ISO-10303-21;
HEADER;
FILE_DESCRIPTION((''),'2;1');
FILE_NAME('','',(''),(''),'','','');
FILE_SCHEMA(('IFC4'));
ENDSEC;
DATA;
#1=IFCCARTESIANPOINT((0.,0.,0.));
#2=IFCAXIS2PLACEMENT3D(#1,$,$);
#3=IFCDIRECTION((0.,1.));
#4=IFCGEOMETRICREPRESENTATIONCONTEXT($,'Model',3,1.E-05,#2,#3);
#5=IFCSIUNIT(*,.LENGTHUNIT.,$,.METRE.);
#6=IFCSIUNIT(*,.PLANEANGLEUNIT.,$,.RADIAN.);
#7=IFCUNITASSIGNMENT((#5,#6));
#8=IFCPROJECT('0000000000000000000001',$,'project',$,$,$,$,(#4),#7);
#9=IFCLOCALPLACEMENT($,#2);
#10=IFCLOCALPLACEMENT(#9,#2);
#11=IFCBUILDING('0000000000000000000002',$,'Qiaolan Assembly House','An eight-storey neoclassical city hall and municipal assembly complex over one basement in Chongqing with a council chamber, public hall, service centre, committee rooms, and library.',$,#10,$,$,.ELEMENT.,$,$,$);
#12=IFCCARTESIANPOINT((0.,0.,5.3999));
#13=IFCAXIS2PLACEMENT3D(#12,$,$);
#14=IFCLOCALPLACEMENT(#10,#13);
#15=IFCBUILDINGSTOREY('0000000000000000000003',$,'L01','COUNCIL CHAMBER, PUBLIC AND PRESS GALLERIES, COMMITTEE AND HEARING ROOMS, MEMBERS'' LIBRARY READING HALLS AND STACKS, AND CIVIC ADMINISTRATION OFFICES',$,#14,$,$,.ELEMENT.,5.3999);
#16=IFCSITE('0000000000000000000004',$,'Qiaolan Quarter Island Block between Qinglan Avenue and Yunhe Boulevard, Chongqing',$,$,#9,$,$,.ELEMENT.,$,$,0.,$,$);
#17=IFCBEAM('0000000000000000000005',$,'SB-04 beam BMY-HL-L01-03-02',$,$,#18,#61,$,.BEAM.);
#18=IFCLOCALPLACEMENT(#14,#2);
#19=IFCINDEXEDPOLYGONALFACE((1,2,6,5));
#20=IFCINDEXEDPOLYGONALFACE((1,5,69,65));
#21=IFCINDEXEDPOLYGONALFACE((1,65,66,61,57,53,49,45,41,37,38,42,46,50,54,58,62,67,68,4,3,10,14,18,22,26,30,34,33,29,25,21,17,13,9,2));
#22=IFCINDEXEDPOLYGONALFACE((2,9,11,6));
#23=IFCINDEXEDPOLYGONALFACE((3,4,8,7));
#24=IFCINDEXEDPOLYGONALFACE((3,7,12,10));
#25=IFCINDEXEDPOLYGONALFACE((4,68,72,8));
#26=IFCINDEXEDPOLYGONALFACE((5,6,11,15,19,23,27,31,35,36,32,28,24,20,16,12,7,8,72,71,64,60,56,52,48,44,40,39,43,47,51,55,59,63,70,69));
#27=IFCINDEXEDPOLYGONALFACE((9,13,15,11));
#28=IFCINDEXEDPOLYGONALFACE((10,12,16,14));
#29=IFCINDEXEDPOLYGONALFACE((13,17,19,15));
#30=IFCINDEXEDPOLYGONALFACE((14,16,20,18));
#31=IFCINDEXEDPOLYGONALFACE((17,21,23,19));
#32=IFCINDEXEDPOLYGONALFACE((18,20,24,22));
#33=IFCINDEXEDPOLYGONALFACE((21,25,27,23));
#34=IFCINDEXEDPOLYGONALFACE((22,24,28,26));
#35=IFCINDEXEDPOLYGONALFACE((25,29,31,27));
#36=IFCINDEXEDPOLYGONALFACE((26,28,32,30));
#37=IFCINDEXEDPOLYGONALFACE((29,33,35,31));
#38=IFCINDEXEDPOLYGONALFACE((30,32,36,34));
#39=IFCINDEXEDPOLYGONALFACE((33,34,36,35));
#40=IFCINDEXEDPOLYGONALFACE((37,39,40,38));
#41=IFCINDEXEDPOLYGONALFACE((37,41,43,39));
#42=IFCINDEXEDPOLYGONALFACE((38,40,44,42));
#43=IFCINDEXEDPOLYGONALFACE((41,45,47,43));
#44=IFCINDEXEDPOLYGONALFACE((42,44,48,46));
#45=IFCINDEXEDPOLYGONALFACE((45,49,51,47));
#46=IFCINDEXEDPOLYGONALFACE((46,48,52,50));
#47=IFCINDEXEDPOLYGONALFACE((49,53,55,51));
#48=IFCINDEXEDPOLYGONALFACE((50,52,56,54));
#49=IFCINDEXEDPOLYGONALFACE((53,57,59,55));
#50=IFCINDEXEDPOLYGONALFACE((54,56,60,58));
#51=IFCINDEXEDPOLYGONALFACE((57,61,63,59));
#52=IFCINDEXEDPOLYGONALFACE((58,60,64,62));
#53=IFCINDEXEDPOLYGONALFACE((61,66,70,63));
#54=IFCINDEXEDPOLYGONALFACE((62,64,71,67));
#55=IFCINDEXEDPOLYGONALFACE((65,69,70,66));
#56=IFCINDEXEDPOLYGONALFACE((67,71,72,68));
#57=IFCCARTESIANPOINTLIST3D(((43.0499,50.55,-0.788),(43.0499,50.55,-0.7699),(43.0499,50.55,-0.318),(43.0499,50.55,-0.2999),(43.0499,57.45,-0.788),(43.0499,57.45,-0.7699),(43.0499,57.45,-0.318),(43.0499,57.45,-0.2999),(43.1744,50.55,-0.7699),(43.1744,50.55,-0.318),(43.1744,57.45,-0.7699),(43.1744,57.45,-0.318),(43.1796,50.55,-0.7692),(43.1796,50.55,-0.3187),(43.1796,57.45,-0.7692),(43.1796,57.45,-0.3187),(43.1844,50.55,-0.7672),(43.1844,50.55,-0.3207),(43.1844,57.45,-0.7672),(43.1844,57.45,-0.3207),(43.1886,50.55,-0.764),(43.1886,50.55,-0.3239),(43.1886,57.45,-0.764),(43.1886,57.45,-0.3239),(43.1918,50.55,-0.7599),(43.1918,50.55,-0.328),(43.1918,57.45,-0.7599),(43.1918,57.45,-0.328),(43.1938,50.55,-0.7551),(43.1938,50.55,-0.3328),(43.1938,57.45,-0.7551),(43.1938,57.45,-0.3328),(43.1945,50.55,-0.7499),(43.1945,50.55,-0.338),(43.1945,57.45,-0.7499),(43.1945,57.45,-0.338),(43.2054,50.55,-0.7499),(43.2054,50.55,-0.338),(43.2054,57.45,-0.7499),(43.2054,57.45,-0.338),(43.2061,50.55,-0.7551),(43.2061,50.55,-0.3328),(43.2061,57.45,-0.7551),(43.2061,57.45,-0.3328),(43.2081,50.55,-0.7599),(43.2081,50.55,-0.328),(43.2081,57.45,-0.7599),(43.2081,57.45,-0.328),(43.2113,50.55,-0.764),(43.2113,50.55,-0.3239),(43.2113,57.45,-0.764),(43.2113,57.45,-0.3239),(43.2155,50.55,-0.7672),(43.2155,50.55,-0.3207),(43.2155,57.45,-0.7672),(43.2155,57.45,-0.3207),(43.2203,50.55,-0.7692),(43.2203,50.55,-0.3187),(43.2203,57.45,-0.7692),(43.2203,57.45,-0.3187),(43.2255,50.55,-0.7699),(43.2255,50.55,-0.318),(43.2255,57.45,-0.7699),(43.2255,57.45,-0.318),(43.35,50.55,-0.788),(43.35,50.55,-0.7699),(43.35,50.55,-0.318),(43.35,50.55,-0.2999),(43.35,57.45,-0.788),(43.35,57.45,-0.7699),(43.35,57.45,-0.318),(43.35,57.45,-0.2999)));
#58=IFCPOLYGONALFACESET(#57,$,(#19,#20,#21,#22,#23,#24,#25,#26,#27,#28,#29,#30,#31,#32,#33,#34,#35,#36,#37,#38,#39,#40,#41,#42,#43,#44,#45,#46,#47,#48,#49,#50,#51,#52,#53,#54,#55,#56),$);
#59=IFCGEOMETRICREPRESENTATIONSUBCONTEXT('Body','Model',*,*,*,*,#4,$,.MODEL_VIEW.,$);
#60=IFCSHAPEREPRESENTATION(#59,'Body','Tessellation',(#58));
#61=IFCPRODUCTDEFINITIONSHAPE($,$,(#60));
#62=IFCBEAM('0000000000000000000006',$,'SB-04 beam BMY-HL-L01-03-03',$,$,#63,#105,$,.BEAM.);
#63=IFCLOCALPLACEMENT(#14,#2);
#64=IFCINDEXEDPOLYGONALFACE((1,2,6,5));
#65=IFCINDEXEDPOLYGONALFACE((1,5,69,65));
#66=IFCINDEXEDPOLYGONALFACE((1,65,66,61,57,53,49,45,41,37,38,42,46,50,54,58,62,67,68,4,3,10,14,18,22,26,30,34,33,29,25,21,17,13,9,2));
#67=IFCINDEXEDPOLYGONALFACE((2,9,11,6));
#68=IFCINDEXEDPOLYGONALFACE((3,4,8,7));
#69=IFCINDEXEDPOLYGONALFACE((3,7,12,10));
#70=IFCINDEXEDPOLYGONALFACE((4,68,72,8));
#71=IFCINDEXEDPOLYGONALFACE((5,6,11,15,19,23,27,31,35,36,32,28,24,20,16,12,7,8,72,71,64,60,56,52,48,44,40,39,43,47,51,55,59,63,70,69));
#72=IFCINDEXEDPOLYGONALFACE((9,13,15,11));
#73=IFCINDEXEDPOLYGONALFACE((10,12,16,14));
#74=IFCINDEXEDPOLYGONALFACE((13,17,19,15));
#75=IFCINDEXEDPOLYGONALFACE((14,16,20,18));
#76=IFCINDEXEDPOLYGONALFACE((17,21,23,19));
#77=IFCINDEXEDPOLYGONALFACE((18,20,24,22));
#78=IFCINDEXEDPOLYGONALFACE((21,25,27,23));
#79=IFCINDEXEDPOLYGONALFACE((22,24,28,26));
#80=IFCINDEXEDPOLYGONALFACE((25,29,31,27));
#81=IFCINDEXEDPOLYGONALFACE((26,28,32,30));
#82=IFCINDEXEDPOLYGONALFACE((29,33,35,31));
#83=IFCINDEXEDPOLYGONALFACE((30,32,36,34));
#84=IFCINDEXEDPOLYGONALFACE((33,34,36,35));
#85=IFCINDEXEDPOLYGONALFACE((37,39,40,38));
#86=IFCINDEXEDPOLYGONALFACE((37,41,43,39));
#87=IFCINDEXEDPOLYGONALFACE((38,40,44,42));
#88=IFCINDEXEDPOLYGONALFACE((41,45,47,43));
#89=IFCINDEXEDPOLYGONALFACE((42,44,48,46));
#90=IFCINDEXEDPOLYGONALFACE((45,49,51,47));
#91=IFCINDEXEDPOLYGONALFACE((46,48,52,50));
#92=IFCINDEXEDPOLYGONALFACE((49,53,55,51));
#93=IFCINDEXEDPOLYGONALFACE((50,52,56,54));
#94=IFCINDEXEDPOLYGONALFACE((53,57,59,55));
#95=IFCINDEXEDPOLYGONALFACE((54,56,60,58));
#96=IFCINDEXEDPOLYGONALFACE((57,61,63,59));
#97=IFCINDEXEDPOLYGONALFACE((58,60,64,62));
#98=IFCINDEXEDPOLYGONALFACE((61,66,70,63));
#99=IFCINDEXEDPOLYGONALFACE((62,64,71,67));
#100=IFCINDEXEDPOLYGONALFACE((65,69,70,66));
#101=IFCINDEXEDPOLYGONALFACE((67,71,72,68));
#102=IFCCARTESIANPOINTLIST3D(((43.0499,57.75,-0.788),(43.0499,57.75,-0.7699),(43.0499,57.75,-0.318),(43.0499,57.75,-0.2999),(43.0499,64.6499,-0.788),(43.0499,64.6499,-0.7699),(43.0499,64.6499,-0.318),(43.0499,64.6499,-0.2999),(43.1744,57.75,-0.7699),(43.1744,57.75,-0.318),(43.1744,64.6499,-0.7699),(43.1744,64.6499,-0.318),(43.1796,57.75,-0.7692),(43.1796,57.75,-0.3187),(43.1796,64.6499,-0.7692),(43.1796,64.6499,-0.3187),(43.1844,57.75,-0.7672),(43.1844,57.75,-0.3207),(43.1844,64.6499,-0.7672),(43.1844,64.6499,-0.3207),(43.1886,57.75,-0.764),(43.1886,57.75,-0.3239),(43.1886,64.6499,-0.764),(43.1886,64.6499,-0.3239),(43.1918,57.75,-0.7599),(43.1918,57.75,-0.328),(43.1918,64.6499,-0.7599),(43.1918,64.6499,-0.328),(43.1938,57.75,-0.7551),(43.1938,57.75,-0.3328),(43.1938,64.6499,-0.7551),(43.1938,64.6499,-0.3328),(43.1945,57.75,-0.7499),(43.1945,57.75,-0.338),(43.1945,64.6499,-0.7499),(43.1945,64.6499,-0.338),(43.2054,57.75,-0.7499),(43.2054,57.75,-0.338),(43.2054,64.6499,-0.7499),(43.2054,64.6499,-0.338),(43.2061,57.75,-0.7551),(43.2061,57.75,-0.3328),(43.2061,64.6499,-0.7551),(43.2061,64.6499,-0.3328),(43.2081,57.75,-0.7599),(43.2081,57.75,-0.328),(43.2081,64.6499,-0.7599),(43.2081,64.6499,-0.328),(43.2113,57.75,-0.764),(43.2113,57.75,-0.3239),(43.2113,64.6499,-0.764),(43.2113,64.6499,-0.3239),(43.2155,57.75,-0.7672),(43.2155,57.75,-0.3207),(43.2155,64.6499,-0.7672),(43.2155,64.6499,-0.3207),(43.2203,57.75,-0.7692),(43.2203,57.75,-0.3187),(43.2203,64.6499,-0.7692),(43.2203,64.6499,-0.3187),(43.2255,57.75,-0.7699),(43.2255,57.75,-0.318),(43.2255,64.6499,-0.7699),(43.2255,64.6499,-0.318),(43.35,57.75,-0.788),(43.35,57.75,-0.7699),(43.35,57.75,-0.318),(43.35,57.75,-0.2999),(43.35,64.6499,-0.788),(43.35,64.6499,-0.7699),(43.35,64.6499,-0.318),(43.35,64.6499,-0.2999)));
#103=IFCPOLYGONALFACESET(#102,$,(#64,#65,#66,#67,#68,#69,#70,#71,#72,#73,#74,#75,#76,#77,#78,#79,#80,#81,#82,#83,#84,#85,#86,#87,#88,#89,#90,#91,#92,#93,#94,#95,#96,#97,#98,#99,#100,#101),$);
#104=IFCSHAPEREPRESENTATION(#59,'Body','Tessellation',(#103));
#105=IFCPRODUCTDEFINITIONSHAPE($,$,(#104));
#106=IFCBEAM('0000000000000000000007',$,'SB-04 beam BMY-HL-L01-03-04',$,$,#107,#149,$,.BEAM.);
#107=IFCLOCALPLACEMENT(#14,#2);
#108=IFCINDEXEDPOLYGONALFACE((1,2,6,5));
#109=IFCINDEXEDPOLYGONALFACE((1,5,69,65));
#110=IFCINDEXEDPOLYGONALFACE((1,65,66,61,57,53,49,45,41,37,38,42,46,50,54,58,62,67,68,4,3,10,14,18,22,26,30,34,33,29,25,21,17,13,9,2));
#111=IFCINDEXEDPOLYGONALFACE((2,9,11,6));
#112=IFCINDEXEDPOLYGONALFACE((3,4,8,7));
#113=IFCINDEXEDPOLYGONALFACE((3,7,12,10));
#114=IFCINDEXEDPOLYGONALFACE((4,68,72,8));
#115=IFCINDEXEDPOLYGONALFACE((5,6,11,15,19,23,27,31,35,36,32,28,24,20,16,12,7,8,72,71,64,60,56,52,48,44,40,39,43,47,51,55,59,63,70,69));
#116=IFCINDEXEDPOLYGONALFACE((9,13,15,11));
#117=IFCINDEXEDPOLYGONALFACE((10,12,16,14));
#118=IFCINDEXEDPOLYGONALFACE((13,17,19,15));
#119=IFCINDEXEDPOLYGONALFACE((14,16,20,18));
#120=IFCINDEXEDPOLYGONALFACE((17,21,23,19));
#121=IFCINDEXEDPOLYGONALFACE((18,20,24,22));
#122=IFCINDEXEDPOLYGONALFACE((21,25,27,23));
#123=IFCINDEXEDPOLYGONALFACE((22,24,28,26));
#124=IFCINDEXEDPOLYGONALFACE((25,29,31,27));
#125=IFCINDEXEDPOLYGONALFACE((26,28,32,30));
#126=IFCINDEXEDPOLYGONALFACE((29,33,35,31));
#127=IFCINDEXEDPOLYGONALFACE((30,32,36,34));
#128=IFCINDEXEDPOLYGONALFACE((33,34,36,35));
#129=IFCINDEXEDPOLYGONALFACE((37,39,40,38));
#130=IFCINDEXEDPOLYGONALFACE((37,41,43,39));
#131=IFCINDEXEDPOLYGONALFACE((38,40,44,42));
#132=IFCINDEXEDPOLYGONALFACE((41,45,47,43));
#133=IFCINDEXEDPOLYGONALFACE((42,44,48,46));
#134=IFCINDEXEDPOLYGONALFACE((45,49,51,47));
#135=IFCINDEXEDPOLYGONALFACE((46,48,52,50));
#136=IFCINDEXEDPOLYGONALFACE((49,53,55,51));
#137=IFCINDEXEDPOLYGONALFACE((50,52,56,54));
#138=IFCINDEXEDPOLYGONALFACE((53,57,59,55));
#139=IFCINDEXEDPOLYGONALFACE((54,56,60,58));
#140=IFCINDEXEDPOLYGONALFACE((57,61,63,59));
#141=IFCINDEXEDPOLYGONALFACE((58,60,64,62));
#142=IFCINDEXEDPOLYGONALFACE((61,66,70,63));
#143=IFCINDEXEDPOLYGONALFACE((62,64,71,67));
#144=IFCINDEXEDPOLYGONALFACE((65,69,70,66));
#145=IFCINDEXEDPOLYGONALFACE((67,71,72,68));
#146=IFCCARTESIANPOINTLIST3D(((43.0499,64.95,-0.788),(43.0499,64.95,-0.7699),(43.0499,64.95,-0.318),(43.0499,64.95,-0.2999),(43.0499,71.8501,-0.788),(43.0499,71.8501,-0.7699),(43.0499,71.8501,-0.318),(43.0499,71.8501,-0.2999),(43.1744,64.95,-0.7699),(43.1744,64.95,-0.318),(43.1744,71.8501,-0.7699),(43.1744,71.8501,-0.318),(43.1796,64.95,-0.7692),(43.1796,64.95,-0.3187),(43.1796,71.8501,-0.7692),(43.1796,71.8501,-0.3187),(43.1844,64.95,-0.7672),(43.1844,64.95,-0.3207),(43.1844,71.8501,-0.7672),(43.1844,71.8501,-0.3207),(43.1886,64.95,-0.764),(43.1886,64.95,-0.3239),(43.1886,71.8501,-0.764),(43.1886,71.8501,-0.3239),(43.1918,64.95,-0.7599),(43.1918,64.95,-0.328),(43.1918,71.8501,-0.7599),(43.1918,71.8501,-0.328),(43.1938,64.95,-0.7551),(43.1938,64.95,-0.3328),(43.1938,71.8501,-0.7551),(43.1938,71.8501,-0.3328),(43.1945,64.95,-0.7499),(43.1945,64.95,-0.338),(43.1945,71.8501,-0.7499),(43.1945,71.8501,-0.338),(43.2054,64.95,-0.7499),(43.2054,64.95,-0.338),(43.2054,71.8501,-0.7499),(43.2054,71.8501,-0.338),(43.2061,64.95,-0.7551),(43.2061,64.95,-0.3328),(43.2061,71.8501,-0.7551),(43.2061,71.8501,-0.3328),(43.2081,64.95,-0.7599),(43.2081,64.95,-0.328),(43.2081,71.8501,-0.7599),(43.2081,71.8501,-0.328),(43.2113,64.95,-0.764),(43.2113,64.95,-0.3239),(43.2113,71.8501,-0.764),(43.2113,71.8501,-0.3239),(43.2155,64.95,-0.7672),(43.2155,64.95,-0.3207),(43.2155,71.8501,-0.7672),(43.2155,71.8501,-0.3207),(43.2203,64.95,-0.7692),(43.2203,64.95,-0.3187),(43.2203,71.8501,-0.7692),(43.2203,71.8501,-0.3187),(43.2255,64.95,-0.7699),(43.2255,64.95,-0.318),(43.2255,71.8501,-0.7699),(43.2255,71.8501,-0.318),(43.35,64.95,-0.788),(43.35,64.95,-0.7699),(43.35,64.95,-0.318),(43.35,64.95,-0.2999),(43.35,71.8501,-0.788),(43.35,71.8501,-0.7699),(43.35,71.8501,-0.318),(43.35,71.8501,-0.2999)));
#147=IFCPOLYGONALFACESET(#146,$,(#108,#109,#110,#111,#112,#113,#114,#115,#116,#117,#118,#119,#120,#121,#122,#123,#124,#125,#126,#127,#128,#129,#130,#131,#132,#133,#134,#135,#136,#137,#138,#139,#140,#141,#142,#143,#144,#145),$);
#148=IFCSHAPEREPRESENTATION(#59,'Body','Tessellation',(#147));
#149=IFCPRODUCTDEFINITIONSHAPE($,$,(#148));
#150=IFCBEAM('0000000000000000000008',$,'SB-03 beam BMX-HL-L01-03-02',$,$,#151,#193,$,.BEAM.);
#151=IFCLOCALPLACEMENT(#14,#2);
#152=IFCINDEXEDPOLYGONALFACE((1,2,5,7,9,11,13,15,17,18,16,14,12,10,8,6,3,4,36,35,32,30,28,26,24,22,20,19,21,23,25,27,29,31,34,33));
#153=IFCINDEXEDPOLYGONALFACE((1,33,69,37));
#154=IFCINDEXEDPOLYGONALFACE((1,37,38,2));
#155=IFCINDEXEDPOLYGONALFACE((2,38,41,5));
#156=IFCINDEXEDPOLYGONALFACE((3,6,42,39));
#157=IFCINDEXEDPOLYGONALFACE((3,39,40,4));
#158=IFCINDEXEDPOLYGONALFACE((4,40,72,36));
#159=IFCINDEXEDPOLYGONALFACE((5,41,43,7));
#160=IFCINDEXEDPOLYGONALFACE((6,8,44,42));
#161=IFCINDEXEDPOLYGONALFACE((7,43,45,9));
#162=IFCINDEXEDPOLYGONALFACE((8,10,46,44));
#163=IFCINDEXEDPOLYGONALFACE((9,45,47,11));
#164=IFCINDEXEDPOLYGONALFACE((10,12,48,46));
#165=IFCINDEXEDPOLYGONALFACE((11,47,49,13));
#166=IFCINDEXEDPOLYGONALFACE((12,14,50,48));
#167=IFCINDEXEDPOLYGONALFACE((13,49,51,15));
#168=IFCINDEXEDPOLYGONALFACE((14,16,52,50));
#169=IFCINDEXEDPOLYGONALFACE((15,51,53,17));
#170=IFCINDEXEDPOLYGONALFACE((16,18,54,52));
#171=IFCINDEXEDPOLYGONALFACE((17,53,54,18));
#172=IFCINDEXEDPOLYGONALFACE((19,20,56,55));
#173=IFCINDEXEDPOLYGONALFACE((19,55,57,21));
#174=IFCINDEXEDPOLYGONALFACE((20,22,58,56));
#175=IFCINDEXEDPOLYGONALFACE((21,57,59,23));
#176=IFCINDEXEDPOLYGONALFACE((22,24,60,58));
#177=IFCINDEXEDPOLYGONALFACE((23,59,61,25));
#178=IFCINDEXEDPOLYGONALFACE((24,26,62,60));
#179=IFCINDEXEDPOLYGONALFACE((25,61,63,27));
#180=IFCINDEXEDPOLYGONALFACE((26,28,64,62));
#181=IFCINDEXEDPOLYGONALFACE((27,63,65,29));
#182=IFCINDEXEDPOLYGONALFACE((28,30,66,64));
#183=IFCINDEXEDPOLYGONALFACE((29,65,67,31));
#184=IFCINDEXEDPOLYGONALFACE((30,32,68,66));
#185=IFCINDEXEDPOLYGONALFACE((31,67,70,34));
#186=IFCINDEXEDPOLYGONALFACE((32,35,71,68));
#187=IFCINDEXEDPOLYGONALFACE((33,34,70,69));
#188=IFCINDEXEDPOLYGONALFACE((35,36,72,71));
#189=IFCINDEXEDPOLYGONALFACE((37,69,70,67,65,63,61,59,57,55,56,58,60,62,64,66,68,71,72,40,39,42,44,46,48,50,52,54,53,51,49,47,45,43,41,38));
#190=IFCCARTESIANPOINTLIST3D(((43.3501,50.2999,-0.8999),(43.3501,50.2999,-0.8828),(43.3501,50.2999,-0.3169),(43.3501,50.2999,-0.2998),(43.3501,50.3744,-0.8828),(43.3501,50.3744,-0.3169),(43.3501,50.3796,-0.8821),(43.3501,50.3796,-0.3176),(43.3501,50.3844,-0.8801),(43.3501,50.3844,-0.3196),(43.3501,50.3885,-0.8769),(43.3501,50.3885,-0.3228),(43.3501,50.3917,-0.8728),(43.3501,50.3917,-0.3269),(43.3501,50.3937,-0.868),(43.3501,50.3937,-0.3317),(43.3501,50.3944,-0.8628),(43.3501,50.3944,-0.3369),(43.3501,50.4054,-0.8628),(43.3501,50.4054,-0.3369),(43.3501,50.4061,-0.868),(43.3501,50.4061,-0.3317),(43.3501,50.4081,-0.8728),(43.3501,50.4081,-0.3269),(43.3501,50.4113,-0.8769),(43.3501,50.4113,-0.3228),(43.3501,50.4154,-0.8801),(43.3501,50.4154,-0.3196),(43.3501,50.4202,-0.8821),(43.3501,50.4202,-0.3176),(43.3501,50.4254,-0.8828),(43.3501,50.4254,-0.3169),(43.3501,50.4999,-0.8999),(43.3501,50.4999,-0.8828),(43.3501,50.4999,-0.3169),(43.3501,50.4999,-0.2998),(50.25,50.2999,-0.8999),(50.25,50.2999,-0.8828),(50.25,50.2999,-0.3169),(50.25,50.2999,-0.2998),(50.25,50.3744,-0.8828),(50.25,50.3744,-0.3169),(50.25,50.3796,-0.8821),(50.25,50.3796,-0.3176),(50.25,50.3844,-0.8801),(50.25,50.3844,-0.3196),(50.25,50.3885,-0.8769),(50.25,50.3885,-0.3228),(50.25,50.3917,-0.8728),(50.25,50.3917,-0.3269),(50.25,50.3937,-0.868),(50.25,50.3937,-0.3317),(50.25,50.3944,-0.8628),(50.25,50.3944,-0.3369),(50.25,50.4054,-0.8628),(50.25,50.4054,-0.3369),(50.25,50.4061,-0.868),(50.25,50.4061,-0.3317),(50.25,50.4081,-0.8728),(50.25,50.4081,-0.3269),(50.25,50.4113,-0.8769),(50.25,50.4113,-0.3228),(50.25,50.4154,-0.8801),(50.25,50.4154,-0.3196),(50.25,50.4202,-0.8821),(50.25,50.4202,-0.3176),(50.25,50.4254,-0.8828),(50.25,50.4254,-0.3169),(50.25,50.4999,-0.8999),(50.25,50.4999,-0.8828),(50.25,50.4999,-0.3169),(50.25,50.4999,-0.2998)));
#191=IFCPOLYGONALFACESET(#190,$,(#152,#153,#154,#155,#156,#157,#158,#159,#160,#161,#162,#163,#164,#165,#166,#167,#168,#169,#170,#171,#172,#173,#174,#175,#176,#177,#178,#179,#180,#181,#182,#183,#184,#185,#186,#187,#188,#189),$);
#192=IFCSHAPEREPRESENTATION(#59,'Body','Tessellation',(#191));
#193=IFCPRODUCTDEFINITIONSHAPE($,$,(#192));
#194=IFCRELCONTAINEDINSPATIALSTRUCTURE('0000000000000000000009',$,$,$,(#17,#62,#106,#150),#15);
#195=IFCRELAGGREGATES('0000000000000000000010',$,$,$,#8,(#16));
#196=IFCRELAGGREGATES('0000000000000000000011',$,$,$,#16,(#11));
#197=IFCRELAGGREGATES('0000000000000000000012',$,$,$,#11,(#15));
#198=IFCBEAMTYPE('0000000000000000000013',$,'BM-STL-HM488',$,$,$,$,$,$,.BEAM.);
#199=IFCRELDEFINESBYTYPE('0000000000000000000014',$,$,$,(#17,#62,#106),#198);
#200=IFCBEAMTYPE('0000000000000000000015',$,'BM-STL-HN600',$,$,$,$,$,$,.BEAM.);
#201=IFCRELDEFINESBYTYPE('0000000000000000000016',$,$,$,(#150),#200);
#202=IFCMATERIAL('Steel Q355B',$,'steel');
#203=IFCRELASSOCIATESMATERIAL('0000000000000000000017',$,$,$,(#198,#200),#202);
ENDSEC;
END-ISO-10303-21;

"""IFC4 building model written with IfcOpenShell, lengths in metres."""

from ifc_helpers import new_model, si_unit, direction, frame, origin, origin_2d, place, context, subcontext, project, spatial, i_section, extrude, material, material_profile, profile_set, type_object, element, save


model = new_model("IFC4")

# Units and contexts
model_context = context("Model", 3, precision=1e-05, world=origin(), true_north=direction((0.0, 1.0)))
body_context = subcontext(model_context, "Body", "Model", "MODEL_VIEW")
ifc_project = project(units=[si_unit("LENGTHUNIT", "METRE"), si_unit("PLANEANGLEUNIT", "RADIAN")], contexts=[model_context])

# Site, building, storey
site_placement = place(None, origin())
site = spatial("IfcSite", under=ifc_project, at=site_placement, Name="Qiaolan Quarter Island Block between Qinglan Avenue and Yunhe Boulevard, Chongqing", CompositionType="ELEMENT", RefElevation=0.0)
building_placement = place(site_placement, origin())
building = spatial("IfcBuilding", under=site, at=building_placement, Name="Qiaolan Assembly House", Description="An eight-storey neoclassical city hall and municipal assembly complex over one basement in Chongqing with a council chamber, public hall, service centre, committee rooms, and library.", CompositionType="ELEMENT")
storey_placement = place(building_placement, frame((0.0, 0.0, 5.3999)))
storey = spatial("IfcBuildingStorey", under=building, at=storey_placement, Name="L01", Description="COUNCIL CHAMBER, PUBLIC AND PRESS GALLERIES, COMMITTEE AND HEARING ROOMS, MEMBERS' LIBRARY READING HALLS AND STACKS, AND CIVIC ADMINISTRATION OFFICES", CompositionType="ELEMENT", Elevation=5.3999)

# Shared definitions
ifc_material_1 = material(Name="Steel Q355B", Category="steel")

# Beams
ifc_material_profile_1 = material_profile(ifc_material_1, i_section(OverallWidth=0.3, OverallDepth=0.488, WebThickness=0.011, FlangeThickness=0.0181, FilletRadius=0.02, at=origin_2d()), Name="HM 488x300x11x18")
ifc_profile_set_1 = profile_set([ifc_material_profile_1], Name="Steel Q355B")
beam_type_1 = type_object("IfcBeamType", Name="BM-STL-HM488", PredefinedType="BEAM", material=ifc_profile_set_1)
for number, where, z_axis, x_axis, name in (
    (1, (43.2, 50.55, -0.5439), (0.0, 1.0, 0.0), (-1.0, 0.0, 0.0), "SB-04 beam BMY-HL-L01-03-02"),
    (2, (43.2, 57.75, -0.5439), (0.0, 1.0, 0.0), (-1.0, 0.0, 0.0), "SB-04 beam BMY-HL-L01-03-03"),
):
    element("IfcBeam", number, at=place(storey_placement, frame(where, z_axis=z_axis, x_axis=x_axis)), inside=storey, type_object=beam_type_1, Name=name, PredefinedType="BEAM", context=body_context, shape_type="SweptSolid", body=[
        extrude(i_section(OverallWidth=0.3, OverallDepth=0.488, WebThickness=0.011, FlangeThickness=0.0181, FilletRadius=0.02, at=origin_2d()), origin(), (0.0, 0.0, 1.0), 6.8999),
    ])
beam_placement = place(storey_placement, frame((43.2, 64.95, -0.5439), z_axis=(0.0, 1.0, 0.0), x_axis=(-1.0, 0.0, 0.0)))
element("IfcBeam", 3, at=beam_placement, inside=storey, type_object=beam_type_1, Name="SB-04 beam BMY-HL-L01-03-04", PredefinedType="BEAM", context=body_context, shape_type="SweptSolid", body=[
    extrude(i_section(OverallWidth=0.3, OverallDepth=0.488, WebThickness=0.011, FlangeThickness=0.0181, FilletRadius=0.02, at=origin_2d()), origin(), (0.0, 0.0, 1.0), 6.9001),
])
ifc_material_profile_2 = material_profile(ifc_material_1, i_section(OverallWidth=0.2, OverallDepth=0.6001, WebThickness=0.011, FlangeThickness=0.0171, FilletRadius=0.02, at=origin_2d()), Name="HN 600x200x11x17")
ifc_profile_set_2 = profile_set([ifc_material_profile_2], Name="Steel Q355B")
beam_type_2 = type_object("IfcBeamType", Name="BM-STL-HN600", PredefinedType="BEAM", material=ifc_profile_set_2)
for number, where, z_axis, x_axis, name in (
    (4, (43.3501, 50.3999, -0.5999), (1.0, 0.0, 0.0), (0.0, 1.0, 0.0), "SB-03 beam BMX-HL-L01-03-02"),
):
    element("IfcBeam", number, at=place(storey_placement, frame(where, z_axis=z_axis, x_axis=x_axis)), inside=storey, type_object=beam_type_2, Name=name, PredefinedType="BEAM", context=body_context, shape_type="SweptSolid", body=[
        extrude(i_section(OverallWidth=0.2, OverallDepth=0.6001, WebThickness=0.011, FlangeThickness=0.0171, FilletRadius=0.02, at=origin_2d()), origin(), (0.0, 0.0, 1.0), 6.8999),
    ])

save(model, "model.ifc")
